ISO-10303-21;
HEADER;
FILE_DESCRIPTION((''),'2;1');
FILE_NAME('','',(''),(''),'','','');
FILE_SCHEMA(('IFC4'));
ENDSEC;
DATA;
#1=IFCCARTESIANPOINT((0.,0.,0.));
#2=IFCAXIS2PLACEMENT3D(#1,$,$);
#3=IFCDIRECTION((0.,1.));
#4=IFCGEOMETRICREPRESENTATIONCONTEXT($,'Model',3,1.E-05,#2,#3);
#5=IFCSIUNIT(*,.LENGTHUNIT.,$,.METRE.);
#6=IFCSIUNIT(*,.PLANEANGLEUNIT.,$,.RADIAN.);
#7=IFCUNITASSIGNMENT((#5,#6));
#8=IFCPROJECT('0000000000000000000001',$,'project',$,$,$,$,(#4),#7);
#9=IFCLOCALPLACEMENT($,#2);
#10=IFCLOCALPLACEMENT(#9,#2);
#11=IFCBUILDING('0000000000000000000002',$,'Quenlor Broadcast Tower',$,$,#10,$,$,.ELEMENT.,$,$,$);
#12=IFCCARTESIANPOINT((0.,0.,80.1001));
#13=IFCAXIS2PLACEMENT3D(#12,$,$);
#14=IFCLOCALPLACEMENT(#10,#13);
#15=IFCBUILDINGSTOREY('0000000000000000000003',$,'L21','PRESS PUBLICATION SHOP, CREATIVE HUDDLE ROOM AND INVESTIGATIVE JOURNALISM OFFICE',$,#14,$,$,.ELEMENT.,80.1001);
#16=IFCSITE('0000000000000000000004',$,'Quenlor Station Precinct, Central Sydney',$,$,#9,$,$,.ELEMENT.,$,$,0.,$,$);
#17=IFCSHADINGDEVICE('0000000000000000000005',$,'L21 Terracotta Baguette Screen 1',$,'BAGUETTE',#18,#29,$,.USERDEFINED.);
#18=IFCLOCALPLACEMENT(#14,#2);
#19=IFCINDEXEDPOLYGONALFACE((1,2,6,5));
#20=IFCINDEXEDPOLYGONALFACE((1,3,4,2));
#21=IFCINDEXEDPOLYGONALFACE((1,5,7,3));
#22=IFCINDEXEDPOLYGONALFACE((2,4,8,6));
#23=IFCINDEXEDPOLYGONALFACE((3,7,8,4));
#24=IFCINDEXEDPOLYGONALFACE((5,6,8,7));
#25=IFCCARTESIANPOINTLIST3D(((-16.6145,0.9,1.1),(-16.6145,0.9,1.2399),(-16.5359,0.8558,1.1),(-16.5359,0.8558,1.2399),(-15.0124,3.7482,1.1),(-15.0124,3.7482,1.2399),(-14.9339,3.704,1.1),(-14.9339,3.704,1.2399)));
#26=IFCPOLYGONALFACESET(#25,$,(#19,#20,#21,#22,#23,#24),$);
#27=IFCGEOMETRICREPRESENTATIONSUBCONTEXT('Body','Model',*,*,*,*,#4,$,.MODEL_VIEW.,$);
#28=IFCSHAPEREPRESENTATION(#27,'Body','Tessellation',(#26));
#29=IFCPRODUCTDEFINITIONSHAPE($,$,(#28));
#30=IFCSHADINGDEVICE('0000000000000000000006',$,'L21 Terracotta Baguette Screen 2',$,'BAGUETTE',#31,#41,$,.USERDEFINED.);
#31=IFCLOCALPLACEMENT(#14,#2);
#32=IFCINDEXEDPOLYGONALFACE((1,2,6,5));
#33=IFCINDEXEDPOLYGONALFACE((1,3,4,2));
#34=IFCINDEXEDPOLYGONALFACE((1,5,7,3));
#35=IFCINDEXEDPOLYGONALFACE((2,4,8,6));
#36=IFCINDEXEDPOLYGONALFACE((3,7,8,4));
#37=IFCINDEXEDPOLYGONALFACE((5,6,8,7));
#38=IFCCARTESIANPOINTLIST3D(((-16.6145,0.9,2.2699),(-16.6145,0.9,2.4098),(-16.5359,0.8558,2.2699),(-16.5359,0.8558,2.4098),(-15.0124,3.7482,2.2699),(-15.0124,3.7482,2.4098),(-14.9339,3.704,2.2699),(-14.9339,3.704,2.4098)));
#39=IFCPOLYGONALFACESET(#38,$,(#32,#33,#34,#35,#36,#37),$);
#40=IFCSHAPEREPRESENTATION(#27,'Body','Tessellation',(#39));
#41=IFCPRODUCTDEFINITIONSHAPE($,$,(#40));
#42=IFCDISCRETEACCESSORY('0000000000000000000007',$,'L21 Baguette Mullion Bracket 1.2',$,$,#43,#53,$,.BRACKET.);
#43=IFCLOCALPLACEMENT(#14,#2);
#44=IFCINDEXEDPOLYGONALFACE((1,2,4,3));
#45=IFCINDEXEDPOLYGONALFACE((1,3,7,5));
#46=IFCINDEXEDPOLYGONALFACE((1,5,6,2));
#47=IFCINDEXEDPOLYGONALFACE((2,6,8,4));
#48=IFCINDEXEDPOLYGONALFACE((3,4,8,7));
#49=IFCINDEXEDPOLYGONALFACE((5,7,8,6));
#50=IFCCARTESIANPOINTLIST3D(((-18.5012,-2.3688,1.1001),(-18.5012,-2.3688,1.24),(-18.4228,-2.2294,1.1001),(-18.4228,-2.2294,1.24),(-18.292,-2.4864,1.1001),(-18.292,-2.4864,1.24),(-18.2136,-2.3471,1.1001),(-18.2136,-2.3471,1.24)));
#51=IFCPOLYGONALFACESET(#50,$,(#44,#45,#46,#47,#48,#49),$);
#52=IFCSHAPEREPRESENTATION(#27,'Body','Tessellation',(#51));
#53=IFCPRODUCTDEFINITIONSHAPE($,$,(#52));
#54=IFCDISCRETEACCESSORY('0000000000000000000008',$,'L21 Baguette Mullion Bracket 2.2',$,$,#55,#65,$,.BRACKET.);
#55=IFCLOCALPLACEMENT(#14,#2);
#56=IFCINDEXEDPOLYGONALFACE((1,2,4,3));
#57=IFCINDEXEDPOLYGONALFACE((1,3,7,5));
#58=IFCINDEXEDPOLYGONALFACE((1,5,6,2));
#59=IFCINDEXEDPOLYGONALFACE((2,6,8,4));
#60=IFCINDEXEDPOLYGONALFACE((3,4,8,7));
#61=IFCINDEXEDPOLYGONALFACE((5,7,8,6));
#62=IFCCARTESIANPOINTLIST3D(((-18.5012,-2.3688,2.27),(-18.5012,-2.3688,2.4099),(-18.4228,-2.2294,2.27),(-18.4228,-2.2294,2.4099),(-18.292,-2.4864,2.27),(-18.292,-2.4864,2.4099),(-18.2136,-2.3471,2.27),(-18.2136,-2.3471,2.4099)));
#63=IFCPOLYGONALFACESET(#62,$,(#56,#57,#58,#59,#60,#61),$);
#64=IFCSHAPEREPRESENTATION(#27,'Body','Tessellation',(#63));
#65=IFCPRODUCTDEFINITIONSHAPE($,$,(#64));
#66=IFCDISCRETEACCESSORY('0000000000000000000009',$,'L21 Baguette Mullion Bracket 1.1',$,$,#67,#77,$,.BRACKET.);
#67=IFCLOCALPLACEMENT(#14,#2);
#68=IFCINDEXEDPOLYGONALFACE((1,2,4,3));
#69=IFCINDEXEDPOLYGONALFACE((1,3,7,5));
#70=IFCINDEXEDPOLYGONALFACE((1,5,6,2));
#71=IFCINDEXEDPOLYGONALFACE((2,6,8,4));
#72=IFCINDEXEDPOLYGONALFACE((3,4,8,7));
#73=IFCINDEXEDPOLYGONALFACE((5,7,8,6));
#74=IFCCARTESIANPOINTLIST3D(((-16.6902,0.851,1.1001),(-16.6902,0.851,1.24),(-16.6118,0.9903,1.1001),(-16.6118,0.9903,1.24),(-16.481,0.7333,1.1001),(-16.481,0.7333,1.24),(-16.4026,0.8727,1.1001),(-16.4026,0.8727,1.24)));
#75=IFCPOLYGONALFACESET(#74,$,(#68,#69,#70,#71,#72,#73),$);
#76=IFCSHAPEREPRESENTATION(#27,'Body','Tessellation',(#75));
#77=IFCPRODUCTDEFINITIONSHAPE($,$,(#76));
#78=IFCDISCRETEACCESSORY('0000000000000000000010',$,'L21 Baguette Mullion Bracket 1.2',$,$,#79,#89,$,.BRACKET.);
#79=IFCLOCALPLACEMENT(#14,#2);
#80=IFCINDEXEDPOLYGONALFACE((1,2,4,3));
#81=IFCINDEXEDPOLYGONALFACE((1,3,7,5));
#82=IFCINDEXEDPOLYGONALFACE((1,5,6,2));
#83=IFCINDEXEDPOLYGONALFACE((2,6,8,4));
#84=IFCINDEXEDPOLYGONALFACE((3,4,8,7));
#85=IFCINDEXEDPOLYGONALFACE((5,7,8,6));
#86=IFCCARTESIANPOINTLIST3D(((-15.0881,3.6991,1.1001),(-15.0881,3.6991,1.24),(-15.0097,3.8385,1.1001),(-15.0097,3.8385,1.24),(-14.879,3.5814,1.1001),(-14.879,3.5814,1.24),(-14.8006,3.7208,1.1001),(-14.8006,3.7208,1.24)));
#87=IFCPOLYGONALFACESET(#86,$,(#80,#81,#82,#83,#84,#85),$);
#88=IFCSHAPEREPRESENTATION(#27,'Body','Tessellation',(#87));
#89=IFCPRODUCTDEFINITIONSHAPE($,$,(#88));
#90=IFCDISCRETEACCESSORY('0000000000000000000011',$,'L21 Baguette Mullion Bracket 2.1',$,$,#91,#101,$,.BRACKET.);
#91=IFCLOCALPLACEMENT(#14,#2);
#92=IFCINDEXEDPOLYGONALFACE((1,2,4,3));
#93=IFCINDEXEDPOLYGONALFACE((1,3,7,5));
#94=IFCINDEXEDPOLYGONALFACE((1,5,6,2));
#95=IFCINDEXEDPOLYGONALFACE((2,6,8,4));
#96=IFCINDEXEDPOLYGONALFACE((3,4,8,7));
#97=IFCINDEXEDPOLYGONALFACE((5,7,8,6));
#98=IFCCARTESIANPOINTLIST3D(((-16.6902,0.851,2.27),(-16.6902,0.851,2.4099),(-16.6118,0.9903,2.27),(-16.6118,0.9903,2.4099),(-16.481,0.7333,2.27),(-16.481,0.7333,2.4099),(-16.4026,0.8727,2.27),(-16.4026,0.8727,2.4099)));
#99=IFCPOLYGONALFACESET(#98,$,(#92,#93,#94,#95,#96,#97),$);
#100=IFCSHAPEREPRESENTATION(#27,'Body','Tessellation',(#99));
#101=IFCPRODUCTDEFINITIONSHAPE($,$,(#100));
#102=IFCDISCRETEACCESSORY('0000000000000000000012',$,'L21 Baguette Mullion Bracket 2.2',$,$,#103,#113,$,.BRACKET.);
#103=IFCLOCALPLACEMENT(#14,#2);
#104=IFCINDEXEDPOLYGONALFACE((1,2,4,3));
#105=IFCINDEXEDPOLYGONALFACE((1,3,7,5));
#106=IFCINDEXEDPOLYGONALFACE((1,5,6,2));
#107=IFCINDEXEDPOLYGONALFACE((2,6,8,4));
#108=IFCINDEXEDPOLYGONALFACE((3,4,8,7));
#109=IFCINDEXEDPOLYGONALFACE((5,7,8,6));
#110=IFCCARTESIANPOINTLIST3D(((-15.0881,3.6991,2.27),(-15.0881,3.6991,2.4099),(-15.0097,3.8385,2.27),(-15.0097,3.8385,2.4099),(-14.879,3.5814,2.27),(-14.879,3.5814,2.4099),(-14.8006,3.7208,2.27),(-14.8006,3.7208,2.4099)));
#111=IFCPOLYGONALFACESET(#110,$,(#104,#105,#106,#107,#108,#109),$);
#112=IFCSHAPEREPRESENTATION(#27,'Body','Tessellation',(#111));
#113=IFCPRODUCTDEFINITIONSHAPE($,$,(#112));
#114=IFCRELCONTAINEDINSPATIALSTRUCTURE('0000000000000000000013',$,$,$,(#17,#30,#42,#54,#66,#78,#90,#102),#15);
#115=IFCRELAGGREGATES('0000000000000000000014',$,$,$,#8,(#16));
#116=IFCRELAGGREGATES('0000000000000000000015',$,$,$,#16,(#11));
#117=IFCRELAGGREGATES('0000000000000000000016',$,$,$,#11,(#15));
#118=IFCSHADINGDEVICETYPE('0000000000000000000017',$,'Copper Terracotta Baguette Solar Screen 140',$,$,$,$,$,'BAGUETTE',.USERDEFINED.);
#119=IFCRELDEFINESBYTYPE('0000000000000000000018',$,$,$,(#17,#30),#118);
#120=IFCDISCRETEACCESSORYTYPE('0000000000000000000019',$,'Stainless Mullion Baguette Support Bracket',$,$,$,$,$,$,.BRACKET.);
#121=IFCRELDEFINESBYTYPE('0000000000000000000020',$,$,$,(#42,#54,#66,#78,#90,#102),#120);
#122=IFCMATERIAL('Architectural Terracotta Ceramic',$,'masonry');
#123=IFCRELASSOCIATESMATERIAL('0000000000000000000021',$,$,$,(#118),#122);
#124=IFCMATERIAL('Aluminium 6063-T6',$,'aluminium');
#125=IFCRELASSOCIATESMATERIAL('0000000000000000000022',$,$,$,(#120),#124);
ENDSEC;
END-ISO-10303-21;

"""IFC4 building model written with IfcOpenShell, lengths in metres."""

from ifc_helpers import new_model, si_unit, direction, frame, origin, origin_2d, place, context, subcontext, project, spatial, rectangle, extrude, material, material_profile, profile_set, type_object, element, save


model = new_model("IFC4")

# Units and contexts
model_context = context("Model", 3, precision=1e-05, world=origin(), true_north=direction((0.0, 1.0)))
body_context = subcontext(model_context, "Body", "Model", "MODEL_VIEW")
ifc_project = project(units=[si_unit("LENGTHUNIT", "METRE"), si_unit("PLANEANGLEUNIT", "RADIAN")], contexts=[model_context])

# Site, building, storey
site_placement = place(None, origin())
site = spatial("IfcSite", under=ifc_project, at=site_placement, Name="Quenlor Station Precinct, Central Sydney", CompositionType="ELEMENT", RefElevation=0.0)
building_placement = place(site_placement, origin())
building = spatial("IfcBuilding", under=site, at=building_placement, Name="Quenlor Broadcast Tower", CompositionType="ELEMENT")
storey_placement = place(building_placement, frame((0.0, 0.0, 80.1001)))
storey = spatial("IfcBuildingStorey", under=building, at=storey_placement, Name="L21", Description="PRESS PUBLICATION SHOP, CREATIVE HUDDLE ROOM AND INVESTIGATIVE JOURNALISM OFFICE", CompositionType="ELEMENT", Elevation=80.1001)

# Shading devices
ifc_material_1 = material(Name="Architectural Terracotta Ceramic", Category="masonry")
ifc_material_profile_1 = material_profile(ifc_material_1, rectangle(XDim=0.0901, YDim=0.1399, at=origin_2d()))
ifc_profile_set_1 = profile_set([ifc_material_profile_1], Name="Architectural Terracotta Ceramic BAG90x140")
shading_device_type = type_object("IfcShadingDeviceType", Name="Copper Terracotta Baguette Solar Screen 140", ElementType="BAGUETTE", PredefinedType="USERDEFINED", material=ifc_profile_set_1)
for number, where, z_axis, x_axis, name in (
    (1, (-16.5752, 0.8779, 1.1699), (0.490254, 0.87158, 0.0), (-0.87158, 0.490254, 0.0), "L21 Terracotta Baguette Screen 1"),
    (2, (-16.5752, 0.8779, 2.3398), (0.490254, 0.87158, 0.0), (-0.87158, 0.490254, 0.0), "L21 Terracotta Baguette Screen 2"),
):
    element("IfcShadingDevice", number, at=place(storey_placement, frame(where, z_axis=z_axis, x_axis=x_axis)), inside=storey, type_object=shading_device_type, Name=name, ObjectType="BAGUETTE", PredefinedType="USERDEFINED", context=body_context, shape_type="SweptSolid", body=[
        extrude(rectangle(XDim=0.0901, YDim=0.1399, at=origin_2d()), origin(), (0.0, 0.0, 1.0), 3.2678),
    ])

# Discrete accessories
ifc_material_2 = material(Name="Aluminium 6063-T6", Category="aluminium")
discrete_accessory_type = type_object("IfcDiscreteAccessoryType", Name="Stainless Mullion Baguette Support Bracket", PredefinedType="BRACKET", material=ifc_material_2)
for number, where, z_axis, x_axis, name in (
    (3, (-18.3574, -2.3579, 1.1001), (0.0, 0.0, 1.0), (0.490277, 0.871567, 0.0), "L21 Baguette Mullion Bracket 1.2"),
    (4, (-18.3574, -2.3579, 2.27), (0.0, 0.0, 1.0), (0.490277, 0.871567, 0.0), "L21 Baguette Mullion Bracket 2.2"),
    (5, (-16.5464, 0.8618, 1.1001), (0.0, 0.0, 1.0), (0.490262, 0.871575, 0.0), "L21 Baguette Mullion Bracket 1.1"),
    (6, (-14.9443, 3.71, 1.1001), (0.0, 0.0, 1.0), (0.490262, 0.871575, 0.0), "L21 Baguette Mullion Bracket 1.2"),
    (7, (-16.5464, 0.8618, 2.27), (0.0, 0.0, 1.0), (0.490262, 0.871575, 0.0), "L21 Baguette Mullion Bracket 2.1"),
    (8, (-14.9443, 3.71, 2.27), (0.0, 0.0, 1.0), (0.490262, 0.871575, 0.0), "L21 Baguette Mullion Bracket 2.2"),
):
    element("IfcDiscreteAccessory", number, at=place(storey_placement, frame(where, z_axis=z_axis, x_axis=x_axis)), inside=storey, type_object=discrete_accessory_type, Name=name, PredefinedType="BRACKET", context=body_context, shape_type="SweptSolid", body=[
        extrude(rectangle(XDim=0.1599, YDim=0.24, at=origin_2d()), origin(), (0.0, 0.0, 1.0), 0.1399),
    ])

save(model, "model.ifc")
